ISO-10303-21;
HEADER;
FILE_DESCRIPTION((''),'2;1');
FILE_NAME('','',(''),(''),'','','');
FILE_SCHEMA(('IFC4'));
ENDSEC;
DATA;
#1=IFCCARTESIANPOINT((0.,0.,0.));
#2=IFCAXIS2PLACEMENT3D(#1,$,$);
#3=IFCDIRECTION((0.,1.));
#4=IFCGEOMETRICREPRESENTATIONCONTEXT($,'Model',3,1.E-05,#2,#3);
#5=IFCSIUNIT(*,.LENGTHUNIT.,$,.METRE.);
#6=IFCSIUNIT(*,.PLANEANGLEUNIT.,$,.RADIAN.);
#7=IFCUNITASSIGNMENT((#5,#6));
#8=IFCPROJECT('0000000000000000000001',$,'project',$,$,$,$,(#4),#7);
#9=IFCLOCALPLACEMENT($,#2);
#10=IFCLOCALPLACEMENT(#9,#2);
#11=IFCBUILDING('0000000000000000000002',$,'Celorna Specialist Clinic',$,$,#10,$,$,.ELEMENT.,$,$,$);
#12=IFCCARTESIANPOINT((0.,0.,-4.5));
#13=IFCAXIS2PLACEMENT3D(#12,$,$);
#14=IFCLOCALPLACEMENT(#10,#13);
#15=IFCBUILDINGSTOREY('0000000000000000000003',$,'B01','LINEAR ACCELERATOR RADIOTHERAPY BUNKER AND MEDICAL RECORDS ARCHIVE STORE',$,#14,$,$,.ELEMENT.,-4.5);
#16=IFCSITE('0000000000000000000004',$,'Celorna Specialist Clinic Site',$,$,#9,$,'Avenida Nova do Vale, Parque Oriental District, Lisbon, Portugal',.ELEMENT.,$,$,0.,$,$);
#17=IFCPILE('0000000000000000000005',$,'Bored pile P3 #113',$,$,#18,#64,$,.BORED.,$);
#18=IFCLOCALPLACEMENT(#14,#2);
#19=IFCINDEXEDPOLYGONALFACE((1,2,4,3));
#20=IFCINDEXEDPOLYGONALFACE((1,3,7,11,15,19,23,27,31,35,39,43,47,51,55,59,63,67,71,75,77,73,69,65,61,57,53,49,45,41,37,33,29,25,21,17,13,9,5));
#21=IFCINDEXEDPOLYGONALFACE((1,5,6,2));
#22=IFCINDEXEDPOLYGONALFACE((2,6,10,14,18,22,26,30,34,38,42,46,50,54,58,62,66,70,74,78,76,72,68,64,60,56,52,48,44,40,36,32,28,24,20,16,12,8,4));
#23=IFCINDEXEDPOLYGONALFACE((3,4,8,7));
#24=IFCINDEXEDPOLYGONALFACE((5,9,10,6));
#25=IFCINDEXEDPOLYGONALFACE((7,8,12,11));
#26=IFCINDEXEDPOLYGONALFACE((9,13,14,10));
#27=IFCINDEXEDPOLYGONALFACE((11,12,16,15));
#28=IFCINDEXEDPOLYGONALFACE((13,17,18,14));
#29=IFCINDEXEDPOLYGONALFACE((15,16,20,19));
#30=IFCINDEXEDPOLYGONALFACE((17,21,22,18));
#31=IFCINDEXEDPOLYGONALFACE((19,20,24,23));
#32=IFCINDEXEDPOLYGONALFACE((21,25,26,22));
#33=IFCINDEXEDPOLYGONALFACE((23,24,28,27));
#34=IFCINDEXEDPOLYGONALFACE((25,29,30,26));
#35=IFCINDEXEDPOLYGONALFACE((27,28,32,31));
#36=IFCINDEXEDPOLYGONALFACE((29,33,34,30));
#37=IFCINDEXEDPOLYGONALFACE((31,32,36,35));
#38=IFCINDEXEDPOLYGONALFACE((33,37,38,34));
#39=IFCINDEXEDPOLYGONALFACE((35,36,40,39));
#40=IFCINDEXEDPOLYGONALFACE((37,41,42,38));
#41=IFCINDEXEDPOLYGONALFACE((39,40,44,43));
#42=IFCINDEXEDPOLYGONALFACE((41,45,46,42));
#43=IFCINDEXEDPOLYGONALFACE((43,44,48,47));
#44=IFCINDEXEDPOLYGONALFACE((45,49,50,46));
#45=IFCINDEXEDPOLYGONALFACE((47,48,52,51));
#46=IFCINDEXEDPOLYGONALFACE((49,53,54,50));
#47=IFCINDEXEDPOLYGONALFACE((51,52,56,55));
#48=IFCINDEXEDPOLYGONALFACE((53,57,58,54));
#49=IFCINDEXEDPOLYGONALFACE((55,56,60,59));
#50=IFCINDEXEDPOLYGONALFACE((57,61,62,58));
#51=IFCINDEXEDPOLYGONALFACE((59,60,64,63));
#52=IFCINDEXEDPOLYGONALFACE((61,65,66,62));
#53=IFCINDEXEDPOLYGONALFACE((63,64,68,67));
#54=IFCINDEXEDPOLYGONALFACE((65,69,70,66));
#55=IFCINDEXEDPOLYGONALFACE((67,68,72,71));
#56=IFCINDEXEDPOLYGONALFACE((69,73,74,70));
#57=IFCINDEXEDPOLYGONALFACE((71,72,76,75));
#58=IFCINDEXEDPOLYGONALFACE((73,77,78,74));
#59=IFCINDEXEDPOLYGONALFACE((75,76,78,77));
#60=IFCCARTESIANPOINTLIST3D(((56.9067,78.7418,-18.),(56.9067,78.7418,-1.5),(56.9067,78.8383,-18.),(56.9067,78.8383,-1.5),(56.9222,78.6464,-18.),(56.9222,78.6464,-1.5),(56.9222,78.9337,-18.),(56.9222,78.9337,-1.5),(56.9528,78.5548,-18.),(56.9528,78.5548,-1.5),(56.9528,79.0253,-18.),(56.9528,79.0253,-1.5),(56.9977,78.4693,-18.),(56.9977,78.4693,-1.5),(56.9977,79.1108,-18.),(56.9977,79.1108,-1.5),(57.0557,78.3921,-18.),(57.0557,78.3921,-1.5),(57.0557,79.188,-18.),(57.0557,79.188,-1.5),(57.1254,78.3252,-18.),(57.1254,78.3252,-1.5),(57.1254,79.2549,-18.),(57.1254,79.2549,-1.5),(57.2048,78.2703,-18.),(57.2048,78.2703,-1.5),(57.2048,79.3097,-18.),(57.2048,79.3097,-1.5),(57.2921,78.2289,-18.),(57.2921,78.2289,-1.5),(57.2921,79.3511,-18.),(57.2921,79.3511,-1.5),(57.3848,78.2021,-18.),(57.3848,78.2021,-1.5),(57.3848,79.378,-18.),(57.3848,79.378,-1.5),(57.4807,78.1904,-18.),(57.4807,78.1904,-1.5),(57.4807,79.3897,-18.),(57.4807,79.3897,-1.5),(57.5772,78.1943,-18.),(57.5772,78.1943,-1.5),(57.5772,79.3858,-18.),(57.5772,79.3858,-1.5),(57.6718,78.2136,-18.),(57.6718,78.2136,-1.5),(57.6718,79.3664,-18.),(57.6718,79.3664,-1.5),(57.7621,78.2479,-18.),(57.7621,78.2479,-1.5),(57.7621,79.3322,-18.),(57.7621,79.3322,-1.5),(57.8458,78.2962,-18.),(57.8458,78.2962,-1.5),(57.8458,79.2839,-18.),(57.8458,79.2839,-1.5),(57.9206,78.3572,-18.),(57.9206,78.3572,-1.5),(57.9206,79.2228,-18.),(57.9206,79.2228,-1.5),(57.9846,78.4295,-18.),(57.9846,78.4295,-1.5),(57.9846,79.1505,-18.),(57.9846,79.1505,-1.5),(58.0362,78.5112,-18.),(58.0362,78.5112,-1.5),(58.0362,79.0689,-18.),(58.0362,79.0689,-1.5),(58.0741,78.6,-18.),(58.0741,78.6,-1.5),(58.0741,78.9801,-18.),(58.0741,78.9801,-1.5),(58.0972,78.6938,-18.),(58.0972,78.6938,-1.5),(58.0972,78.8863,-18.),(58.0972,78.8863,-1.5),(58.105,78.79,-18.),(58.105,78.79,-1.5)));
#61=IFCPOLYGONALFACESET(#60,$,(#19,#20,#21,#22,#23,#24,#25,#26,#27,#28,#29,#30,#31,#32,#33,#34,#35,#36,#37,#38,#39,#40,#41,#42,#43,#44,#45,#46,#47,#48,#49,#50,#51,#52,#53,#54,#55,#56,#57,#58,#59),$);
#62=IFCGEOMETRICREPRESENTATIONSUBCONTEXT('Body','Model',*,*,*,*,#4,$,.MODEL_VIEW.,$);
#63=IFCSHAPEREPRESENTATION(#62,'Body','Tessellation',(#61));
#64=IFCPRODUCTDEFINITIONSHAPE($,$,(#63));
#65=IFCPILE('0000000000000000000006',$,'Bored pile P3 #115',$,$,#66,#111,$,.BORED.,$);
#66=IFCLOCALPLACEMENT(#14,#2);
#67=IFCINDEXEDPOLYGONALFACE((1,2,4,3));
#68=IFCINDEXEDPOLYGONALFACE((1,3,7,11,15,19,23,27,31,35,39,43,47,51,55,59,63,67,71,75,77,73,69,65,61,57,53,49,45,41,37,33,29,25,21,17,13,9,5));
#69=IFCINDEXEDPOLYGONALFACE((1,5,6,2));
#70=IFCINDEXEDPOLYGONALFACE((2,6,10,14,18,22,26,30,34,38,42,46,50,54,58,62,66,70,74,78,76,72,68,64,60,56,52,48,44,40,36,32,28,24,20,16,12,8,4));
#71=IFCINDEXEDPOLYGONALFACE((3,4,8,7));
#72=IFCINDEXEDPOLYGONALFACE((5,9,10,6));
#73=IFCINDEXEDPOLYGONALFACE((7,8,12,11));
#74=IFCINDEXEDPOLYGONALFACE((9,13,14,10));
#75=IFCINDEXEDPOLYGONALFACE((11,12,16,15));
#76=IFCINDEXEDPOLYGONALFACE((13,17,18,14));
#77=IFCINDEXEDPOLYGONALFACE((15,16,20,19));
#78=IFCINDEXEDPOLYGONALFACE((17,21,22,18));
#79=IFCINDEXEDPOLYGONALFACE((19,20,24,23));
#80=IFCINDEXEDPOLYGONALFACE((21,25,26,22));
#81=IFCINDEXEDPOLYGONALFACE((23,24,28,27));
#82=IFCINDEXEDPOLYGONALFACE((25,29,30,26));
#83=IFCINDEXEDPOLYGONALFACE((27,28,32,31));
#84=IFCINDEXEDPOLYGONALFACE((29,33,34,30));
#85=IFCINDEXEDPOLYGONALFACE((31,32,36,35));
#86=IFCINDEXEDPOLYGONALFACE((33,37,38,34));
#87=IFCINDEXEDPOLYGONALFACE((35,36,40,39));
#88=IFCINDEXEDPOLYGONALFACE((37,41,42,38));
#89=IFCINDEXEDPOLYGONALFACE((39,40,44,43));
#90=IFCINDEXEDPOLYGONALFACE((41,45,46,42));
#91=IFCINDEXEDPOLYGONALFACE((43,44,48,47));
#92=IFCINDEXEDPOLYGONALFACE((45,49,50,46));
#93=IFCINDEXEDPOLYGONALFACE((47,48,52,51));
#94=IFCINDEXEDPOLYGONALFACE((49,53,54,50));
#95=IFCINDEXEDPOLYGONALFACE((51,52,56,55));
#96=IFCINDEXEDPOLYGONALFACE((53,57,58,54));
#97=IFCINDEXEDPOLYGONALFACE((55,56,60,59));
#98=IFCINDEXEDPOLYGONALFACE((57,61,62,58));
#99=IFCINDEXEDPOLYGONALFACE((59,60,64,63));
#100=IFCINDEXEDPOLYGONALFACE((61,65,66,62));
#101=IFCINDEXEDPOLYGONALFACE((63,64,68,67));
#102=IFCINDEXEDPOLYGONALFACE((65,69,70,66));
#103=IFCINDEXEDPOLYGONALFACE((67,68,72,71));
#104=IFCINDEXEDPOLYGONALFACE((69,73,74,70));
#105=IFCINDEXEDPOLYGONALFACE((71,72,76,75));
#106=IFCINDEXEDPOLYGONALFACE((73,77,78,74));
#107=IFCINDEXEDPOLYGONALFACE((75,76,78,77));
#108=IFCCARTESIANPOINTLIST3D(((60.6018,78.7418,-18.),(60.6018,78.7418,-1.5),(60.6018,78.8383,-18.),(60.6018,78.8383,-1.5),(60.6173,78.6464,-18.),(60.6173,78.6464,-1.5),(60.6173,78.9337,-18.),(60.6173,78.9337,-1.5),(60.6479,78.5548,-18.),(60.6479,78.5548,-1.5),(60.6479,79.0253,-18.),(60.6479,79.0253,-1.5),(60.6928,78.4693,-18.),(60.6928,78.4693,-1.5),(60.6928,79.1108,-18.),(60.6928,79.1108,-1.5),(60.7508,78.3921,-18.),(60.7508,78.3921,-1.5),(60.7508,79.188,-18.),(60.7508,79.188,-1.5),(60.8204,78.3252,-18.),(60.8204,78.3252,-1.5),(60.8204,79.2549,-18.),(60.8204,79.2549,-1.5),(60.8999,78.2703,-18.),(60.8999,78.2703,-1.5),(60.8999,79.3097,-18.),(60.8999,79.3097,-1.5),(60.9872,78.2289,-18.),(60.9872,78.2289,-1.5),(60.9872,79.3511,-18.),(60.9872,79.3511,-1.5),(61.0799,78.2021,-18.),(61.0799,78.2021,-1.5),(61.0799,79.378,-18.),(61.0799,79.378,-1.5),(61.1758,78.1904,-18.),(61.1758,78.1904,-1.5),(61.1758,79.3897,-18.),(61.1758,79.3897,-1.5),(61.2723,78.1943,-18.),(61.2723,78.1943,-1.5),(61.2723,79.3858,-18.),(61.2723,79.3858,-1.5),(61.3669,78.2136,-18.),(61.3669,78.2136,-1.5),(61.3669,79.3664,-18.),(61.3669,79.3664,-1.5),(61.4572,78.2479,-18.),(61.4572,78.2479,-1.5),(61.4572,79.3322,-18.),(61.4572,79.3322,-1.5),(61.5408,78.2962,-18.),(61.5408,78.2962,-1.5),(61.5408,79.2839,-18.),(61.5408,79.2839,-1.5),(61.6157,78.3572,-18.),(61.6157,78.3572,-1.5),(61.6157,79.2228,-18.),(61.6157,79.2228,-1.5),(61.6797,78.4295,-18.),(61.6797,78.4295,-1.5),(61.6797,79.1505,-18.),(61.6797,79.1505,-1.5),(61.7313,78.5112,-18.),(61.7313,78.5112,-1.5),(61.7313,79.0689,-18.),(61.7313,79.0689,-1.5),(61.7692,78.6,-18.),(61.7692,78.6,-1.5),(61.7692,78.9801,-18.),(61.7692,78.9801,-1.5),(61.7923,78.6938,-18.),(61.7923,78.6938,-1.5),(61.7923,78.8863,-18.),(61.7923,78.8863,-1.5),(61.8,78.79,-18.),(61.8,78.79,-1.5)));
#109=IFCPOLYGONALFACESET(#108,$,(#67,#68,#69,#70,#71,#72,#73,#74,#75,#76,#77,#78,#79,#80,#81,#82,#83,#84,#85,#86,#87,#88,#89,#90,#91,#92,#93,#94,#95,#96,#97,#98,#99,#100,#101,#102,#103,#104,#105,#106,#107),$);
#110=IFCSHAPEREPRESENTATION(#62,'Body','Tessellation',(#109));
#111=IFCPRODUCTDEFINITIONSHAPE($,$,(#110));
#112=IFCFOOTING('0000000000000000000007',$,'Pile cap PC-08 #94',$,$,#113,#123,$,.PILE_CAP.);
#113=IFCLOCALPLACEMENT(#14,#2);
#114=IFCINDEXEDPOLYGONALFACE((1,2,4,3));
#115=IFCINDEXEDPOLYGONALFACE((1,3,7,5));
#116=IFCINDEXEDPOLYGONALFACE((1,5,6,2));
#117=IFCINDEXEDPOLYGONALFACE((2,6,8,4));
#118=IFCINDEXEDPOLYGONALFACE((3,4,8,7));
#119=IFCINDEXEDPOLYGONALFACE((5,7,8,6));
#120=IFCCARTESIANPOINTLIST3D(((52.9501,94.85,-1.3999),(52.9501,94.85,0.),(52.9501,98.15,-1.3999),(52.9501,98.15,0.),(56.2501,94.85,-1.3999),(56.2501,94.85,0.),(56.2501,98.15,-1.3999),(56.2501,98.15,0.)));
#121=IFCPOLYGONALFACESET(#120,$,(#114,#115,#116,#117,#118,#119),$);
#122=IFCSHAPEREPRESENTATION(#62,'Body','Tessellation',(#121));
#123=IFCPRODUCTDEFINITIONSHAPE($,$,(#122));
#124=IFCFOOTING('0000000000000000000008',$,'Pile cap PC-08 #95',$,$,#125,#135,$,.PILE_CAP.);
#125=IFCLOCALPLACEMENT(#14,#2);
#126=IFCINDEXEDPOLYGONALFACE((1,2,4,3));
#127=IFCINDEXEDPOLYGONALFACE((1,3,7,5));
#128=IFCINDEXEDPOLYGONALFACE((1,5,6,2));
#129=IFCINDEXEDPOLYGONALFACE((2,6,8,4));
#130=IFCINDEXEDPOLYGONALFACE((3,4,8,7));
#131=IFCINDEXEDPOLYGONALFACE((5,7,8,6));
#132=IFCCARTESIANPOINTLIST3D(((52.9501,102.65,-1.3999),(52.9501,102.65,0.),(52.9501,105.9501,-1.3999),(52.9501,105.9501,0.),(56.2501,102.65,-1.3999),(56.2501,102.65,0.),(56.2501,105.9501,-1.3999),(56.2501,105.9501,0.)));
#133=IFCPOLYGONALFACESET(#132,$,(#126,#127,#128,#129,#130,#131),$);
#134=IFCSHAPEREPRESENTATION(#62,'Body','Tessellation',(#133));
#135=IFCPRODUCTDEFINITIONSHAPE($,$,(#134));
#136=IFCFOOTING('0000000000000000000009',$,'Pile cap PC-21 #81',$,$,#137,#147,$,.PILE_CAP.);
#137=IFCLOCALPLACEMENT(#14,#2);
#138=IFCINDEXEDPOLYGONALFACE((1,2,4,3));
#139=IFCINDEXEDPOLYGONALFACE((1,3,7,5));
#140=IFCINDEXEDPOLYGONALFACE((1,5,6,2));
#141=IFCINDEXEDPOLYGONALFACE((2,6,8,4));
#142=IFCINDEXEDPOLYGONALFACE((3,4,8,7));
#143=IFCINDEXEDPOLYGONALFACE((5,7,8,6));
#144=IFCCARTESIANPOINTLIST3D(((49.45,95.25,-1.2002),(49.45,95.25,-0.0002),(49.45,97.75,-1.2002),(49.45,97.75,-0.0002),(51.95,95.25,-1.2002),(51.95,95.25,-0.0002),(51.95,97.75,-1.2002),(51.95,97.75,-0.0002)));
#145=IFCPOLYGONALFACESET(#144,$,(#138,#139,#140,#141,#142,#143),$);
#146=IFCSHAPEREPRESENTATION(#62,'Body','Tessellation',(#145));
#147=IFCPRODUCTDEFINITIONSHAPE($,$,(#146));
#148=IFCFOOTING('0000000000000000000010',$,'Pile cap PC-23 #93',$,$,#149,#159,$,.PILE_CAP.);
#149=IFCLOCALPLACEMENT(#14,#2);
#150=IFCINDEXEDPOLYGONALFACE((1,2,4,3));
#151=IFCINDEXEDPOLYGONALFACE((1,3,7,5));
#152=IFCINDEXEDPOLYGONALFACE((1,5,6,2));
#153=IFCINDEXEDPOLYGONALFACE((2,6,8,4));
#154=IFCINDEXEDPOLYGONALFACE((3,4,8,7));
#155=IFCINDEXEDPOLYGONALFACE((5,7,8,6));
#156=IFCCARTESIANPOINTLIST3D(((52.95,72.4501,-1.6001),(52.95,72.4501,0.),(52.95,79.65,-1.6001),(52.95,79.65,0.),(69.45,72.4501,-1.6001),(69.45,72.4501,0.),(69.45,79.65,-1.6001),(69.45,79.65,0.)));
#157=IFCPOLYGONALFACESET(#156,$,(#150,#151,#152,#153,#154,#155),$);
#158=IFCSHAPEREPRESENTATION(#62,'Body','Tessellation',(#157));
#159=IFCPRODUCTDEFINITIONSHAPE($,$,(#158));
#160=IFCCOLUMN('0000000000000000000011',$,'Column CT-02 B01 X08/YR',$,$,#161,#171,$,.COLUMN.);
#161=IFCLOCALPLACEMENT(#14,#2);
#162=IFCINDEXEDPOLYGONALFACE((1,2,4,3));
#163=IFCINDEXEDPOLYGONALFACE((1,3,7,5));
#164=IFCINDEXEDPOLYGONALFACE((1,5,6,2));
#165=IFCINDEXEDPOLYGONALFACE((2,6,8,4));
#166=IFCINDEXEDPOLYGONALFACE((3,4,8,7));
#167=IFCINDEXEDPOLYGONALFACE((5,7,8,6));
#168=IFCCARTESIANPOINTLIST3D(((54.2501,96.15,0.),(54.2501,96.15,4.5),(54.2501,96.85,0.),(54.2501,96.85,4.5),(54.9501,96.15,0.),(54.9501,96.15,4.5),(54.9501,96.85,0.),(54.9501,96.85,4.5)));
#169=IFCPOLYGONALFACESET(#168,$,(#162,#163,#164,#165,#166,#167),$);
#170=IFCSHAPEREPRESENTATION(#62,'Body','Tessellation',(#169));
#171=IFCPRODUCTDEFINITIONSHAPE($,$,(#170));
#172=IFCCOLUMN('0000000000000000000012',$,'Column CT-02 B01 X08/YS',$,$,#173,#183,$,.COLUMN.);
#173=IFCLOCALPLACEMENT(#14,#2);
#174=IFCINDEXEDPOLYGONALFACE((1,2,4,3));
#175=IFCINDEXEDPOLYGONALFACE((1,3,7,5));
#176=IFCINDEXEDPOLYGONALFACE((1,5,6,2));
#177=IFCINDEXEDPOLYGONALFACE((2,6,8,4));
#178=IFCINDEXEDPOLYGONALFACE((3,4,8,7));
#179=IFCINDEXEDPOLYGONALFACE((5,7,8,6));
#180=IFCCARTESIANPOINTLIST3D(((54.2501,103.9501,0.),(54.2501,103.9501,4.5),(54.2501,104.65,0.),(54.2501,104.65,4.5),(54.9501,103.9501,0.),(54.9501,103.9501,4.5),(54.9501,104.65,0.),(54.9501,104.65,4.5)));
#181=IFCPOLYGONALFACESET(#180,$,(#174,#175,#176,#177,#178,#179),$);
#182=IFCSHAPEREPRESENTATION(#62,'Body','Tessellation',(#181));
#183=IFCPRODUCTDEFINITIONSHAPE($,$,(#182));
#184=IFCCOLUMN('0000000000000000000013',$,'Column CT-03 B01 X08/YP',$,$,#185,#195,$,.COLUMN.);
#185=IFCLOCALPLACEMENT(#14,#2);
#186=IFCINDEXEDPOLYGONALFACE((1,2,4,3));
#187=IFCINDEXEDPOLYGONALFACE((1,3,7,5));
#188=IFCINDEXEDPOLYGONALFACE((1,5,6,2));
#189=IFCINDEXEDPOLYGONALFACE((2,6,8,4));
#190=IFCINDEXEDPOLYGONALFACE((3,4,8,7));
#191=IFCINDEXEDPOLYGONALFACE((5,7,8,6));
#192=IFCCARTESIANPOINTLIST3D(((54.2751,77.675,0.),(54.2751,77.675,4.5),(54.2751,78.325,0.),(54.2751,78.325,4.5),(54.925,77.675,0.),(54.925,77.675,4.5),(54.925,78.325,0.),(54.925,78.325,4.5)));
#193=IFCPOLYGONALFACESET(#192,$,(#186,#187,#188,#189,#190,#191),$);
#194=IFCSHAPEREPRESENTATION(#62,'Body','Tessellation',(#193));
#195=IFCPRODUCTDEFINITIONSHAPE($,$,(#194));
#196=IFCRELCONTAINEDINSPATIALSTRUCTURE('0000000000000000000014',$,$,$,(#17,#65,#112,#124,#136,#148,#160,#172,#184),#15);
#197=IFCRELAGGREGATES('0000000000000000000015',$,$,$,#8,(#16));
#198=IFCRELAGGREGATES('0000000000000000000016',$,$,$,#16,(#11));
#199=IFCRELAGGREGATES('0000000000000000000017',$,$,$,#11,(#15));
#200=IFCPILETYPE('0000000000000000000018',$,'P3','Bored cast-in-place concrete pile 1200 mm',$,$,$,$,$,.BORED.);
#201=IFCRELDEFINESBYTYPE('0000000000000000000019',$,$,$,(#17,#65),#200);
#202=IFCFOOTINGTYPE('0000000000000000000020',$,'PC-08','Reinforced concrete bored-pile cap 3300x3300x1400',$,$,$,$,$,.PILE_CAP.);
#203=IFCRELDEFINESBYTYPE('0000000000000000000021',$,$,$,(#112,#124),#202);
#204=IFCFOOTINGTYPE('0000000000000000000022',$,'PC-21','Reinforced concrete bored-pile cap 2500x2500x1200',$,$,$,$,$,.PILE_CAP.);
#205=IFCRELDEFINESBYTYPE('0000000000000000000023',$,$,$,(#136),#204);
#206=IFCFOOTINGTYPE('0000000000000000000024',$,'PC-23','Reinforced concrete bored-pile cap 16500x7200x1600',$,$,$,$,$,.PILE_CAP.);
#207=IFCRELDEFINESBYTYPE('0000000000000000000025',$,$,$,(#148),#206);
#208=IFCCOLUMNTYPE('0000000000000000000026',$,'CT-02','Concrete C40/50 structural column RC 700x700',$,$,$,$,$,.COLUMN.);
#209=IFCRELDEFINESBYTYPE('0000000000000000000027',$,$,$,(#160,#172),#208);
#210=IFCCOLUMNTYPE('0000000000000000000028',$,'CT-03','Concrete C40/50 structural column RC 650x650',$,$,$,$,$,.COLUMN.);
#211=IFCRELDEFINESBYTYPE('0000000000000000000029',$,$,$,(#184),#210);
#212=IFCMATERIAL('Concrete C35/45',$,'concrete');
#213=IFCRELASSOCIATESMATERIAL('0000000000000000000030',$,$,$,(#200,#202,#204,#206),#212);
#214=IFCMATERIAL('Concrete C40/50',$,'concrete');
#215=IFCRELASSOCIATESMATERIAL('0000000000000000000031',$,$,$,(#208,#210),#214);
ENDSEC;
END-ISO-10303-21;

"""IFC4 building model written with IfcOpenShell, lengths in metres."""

from ifc_helpers import new_model, si_unit, direction, frame, origin, origin_2d, place, context, subcontext, project, spatial, rectangle, circle, extrude, material, material_profile, profile_set, type_object, element, save


model = new_model("IFC4")

# Units and contexts
model_context = context("Model", 3, precision=1e-05, world=origin(), true_north=direction((0.0, 1.0)))
body_context = subcontext(model_context, "Body", "Model", "MODEL_VIEW")
ifc_project = project(units=[si_unit("LENGTHUNIT", "METRE"), si_unit("PLANEANGLEUNIT", "RADIAN")], contexts=[model_context])

# Site, building, storey
site_placement = place(None, origin())
site = spatial("IfcSite", under=ifc_project, at=site_placement, Name="Celorna Specialist Clinic Site", LongName="Avenida Nova do Vale, Parque Oriental District, Lisbon, Portugal", CompositionType="ELEMENT", RefElevation=0.0)
building_placement = place(site_placement, origin())
building = spatial("IfcBuilding", under=site, at=building_placement, Name="Celorna Specialist Clinic", CompositionType="ELEMENT")
storey_placement = place(building_placement, frame((0.0, 0.0, -4.5)))
storey = spatial("IfcBuildingStorey", under=building, at=storey_placement, Name="B01", Description="LINEAR ACCELERATOR RADIOTHERAPY BUNKER AND MEDICAL RECORDS ARCHIVE STORE", CompositionType="ELEMENT", Elevation=-4.5)

# Shared definitions
ifc_material_1 = material(Name="Concrete C35/45", Category="concrete")

# Piles
ifc_material_profile_1 = material_profile(ifc_material_1, circle(Radius=0.6001, at=origin_2d()), Name="BORED PILE 1200")
ifc_profile_set_1 = profile_set([ifc_material_profile_1], Name="Concrete C35/45")
pile_type_1 = type_object("IfcPileType", Name="P3", Description="Bored cast-in-place concrete pile 1200 mm", PredefinedType="BORED", material=ifc_profile_set_1)
for number, where, z_axis, x_axis, name in (
    (1, (57.5049, 78.79, -1.5), (0.0, 0.0, -1.0), (1.0, 0.0, 0.0), "Bored pile P3 #113"),
    (2, (61.2, 78.79, -1.5), (0.0, 0.0, -1.0), (1.0, 0.0, 0.0), "Bored pile P3 #115"),
):
    element("IfcPile", number, at=place(storey_placement, frame(where, z_axis=z_axis, x_axis=x_axis)), inside=storey, type_object=pile_type_1, Name=name, PredefinedType="BORED", context=body_context, shape_type="SweptSolid", body=[
        extrude(circle(Radius=0.6001, at=origin_2d()), origin(), (0.0, 0.0, 1.0), 16.5),
    ])

# Footings
footing_type_1 = type_object("IfcFootingType", Name="PC-08", Description="Reinforced concrete bored-pile cap 3300x3300x1400", PredefinedType="PILE_CAP", material=ifc_material_1)
for number, where, z_axis, x_axis, name in (
    (3, (54.6001, 96.5, -1.3999), (0.0, 0.0, 1.0), (1.0, 0.0, 0.0), "Pile cap PC-08 #94"),
    (4, (54.6001, 104.3, -1.3999), (0.0, 0.0, 1.0), (1.0, 0.0, 0.0), "Pile cap PC-08 #95"),
):
    element("IfcFooting", number, at=place(storey_placement, frame(where, z_axis=z_axis, x_axis=x_axis)), inside=storey, type_object=footing_type_1, Name=name, PredefinedType="PILE_CAP", context=body_context, shape_type="SweptSolid", body=[
        extrude(rectangle(XDim=3.3, YDim=3.3, at=origin_2d()), origin(), (0.0, 0.0, 1.0), 1.3999),
    ])
footing_type_2 = type_object("IfcFootingType", Name="PC-21", Description="Reinforced concrete bored-pile cap 2500x2500x1200", PredefinedType="PILE_CAP", material=ifc_material_1)
footing_1_placement = place(storey_placement, frame((50.7, 96.5, -1.2002), z_axis=(0.0, 0.0, 1.0), x_axis=(1.0, 0.0, 0.0)))
element("IfcFooting", 5, at=footing_1_placement, inside=storey, type_object=footing_type_2, Name="Pile cap PC-21 #81", PredefinedType="PILE_CAP", context=body_context, shape_type="SweptSolid", body=[
    extrude(rectangle(XDim=2.5, YDim=2.5, at=origin_2d()), origin(), (0.0, 0.0, 1.0), 1.2),
])
footing_type_3 = type_object("IfcFootingType", Name="PC-23", Description="Reinforced concrete bored-pile cap 16500x7200x1600", PredefinedType="PILE_CAP", material=ifc_material_1)
footing_2_placement = place(storey_placement, frame((61.2, 76.05, -1.6001), z_axis=(0.0, 0.0, 1.0), x_axis=(1.0, 0.0, 0.0)))
element("IfcFooting", 6, at=footing_2_placement, inside=storey, type_object=footing_type_3, Name="Pile cap PC-23 #93", PredefinedType="PILE_CAP", context=body_context, shape_type="SweptSolid", body=[
    extrude(rectangle(XDim=16.5, YDim=7.2, at=origin_2d()), origin(), (0.0, 0.0, 1.0), 1.6001),
])

# Columns
ifc_material_2 = material(Name="Concrete C40/50", Category="concrete")
ifc_material_profile_2 = material_profile(ifc_material_2, rectangle(XDim=0.7, YDim=0.7, at=origin_2d()), Name="RC 700x700")
ifc_profile_set_2 = profile_set([ifc_material_profile_2], Name="Concrete C40/50")
column_type_1 = type_object("IfcColumnType", Name="CT-02", Description="Concrete C40/50 structural column RC 700x700", PredefinedType="COLUMN", material=ifc_profile_set_2)
for number, where, z_axis, x_axis, name in (
    (7, (54.6001, 96.5, 0.0), (0.0, 0.0, 1.0), (1.0, 0.0, 0.0), "Column CT-02 B01 X08/YR"),
    (8, (54.6001, 104.3, 0.0), (0.0, 0.0, 1.0), (1.0, 0.0, 0.0), "Column CT-02 B01 X08/YS"),
):
    element("IfcColumn", number, at=place(storey_placement, frame(where, z_axis=z_axis, x_axis=x_axis)), inside=storey, type_object=column_type_1, Name=name, PredefinedType="COLUMN", context=body_context, shape_type="SweptSolid", body=[
        extrude(rectangle(XDim=0.7, YDim=0.7, at=origin_2d()), origin(), (0.0, 0.0, 1.0), 4.5),
    ])
ifc_material_profile_3 = material_profile(ifc_material_2, rectangle(XDim=0.6499, YDim=0.6499, at=origin_2d()), Name="RC 650x650")
ifc_profile_set_3 = profile_set([ifc_material_profile_3], Name="Concrete C40/50")
column_type_2 = type_object("IfcColumnType", Name="CT-03", Description="Concrete C40/50 structural column RC 650x650", PredefinedType="COLUMN", material=ifc_profile_set_3)
for number, where, z_axis, x_axis, name in (
    (9, (54.6001, 78.0, 0.0), (0.0, 0.0, 1.0), (1.0, 0.0, 0.0), "Column CT-03 B01 X08/YP"),
):
    element("IfcColumn", number, at=place(storey_placement, frame(where, z_axis=z_axis, x_axis=x_axis)), inside=storey, type_object=column_type_2, Name=name, PredefinedType="COLUMN", context=body_context, shape_type="SweptSolid", body=[
        extrude(rectangle(XDim=0.6499, YDim=0.6499, at=origin_2d()), origin(), (0.0, 0.0, 1.0), 4.5),
    ])

save(model, "model.ifc")
